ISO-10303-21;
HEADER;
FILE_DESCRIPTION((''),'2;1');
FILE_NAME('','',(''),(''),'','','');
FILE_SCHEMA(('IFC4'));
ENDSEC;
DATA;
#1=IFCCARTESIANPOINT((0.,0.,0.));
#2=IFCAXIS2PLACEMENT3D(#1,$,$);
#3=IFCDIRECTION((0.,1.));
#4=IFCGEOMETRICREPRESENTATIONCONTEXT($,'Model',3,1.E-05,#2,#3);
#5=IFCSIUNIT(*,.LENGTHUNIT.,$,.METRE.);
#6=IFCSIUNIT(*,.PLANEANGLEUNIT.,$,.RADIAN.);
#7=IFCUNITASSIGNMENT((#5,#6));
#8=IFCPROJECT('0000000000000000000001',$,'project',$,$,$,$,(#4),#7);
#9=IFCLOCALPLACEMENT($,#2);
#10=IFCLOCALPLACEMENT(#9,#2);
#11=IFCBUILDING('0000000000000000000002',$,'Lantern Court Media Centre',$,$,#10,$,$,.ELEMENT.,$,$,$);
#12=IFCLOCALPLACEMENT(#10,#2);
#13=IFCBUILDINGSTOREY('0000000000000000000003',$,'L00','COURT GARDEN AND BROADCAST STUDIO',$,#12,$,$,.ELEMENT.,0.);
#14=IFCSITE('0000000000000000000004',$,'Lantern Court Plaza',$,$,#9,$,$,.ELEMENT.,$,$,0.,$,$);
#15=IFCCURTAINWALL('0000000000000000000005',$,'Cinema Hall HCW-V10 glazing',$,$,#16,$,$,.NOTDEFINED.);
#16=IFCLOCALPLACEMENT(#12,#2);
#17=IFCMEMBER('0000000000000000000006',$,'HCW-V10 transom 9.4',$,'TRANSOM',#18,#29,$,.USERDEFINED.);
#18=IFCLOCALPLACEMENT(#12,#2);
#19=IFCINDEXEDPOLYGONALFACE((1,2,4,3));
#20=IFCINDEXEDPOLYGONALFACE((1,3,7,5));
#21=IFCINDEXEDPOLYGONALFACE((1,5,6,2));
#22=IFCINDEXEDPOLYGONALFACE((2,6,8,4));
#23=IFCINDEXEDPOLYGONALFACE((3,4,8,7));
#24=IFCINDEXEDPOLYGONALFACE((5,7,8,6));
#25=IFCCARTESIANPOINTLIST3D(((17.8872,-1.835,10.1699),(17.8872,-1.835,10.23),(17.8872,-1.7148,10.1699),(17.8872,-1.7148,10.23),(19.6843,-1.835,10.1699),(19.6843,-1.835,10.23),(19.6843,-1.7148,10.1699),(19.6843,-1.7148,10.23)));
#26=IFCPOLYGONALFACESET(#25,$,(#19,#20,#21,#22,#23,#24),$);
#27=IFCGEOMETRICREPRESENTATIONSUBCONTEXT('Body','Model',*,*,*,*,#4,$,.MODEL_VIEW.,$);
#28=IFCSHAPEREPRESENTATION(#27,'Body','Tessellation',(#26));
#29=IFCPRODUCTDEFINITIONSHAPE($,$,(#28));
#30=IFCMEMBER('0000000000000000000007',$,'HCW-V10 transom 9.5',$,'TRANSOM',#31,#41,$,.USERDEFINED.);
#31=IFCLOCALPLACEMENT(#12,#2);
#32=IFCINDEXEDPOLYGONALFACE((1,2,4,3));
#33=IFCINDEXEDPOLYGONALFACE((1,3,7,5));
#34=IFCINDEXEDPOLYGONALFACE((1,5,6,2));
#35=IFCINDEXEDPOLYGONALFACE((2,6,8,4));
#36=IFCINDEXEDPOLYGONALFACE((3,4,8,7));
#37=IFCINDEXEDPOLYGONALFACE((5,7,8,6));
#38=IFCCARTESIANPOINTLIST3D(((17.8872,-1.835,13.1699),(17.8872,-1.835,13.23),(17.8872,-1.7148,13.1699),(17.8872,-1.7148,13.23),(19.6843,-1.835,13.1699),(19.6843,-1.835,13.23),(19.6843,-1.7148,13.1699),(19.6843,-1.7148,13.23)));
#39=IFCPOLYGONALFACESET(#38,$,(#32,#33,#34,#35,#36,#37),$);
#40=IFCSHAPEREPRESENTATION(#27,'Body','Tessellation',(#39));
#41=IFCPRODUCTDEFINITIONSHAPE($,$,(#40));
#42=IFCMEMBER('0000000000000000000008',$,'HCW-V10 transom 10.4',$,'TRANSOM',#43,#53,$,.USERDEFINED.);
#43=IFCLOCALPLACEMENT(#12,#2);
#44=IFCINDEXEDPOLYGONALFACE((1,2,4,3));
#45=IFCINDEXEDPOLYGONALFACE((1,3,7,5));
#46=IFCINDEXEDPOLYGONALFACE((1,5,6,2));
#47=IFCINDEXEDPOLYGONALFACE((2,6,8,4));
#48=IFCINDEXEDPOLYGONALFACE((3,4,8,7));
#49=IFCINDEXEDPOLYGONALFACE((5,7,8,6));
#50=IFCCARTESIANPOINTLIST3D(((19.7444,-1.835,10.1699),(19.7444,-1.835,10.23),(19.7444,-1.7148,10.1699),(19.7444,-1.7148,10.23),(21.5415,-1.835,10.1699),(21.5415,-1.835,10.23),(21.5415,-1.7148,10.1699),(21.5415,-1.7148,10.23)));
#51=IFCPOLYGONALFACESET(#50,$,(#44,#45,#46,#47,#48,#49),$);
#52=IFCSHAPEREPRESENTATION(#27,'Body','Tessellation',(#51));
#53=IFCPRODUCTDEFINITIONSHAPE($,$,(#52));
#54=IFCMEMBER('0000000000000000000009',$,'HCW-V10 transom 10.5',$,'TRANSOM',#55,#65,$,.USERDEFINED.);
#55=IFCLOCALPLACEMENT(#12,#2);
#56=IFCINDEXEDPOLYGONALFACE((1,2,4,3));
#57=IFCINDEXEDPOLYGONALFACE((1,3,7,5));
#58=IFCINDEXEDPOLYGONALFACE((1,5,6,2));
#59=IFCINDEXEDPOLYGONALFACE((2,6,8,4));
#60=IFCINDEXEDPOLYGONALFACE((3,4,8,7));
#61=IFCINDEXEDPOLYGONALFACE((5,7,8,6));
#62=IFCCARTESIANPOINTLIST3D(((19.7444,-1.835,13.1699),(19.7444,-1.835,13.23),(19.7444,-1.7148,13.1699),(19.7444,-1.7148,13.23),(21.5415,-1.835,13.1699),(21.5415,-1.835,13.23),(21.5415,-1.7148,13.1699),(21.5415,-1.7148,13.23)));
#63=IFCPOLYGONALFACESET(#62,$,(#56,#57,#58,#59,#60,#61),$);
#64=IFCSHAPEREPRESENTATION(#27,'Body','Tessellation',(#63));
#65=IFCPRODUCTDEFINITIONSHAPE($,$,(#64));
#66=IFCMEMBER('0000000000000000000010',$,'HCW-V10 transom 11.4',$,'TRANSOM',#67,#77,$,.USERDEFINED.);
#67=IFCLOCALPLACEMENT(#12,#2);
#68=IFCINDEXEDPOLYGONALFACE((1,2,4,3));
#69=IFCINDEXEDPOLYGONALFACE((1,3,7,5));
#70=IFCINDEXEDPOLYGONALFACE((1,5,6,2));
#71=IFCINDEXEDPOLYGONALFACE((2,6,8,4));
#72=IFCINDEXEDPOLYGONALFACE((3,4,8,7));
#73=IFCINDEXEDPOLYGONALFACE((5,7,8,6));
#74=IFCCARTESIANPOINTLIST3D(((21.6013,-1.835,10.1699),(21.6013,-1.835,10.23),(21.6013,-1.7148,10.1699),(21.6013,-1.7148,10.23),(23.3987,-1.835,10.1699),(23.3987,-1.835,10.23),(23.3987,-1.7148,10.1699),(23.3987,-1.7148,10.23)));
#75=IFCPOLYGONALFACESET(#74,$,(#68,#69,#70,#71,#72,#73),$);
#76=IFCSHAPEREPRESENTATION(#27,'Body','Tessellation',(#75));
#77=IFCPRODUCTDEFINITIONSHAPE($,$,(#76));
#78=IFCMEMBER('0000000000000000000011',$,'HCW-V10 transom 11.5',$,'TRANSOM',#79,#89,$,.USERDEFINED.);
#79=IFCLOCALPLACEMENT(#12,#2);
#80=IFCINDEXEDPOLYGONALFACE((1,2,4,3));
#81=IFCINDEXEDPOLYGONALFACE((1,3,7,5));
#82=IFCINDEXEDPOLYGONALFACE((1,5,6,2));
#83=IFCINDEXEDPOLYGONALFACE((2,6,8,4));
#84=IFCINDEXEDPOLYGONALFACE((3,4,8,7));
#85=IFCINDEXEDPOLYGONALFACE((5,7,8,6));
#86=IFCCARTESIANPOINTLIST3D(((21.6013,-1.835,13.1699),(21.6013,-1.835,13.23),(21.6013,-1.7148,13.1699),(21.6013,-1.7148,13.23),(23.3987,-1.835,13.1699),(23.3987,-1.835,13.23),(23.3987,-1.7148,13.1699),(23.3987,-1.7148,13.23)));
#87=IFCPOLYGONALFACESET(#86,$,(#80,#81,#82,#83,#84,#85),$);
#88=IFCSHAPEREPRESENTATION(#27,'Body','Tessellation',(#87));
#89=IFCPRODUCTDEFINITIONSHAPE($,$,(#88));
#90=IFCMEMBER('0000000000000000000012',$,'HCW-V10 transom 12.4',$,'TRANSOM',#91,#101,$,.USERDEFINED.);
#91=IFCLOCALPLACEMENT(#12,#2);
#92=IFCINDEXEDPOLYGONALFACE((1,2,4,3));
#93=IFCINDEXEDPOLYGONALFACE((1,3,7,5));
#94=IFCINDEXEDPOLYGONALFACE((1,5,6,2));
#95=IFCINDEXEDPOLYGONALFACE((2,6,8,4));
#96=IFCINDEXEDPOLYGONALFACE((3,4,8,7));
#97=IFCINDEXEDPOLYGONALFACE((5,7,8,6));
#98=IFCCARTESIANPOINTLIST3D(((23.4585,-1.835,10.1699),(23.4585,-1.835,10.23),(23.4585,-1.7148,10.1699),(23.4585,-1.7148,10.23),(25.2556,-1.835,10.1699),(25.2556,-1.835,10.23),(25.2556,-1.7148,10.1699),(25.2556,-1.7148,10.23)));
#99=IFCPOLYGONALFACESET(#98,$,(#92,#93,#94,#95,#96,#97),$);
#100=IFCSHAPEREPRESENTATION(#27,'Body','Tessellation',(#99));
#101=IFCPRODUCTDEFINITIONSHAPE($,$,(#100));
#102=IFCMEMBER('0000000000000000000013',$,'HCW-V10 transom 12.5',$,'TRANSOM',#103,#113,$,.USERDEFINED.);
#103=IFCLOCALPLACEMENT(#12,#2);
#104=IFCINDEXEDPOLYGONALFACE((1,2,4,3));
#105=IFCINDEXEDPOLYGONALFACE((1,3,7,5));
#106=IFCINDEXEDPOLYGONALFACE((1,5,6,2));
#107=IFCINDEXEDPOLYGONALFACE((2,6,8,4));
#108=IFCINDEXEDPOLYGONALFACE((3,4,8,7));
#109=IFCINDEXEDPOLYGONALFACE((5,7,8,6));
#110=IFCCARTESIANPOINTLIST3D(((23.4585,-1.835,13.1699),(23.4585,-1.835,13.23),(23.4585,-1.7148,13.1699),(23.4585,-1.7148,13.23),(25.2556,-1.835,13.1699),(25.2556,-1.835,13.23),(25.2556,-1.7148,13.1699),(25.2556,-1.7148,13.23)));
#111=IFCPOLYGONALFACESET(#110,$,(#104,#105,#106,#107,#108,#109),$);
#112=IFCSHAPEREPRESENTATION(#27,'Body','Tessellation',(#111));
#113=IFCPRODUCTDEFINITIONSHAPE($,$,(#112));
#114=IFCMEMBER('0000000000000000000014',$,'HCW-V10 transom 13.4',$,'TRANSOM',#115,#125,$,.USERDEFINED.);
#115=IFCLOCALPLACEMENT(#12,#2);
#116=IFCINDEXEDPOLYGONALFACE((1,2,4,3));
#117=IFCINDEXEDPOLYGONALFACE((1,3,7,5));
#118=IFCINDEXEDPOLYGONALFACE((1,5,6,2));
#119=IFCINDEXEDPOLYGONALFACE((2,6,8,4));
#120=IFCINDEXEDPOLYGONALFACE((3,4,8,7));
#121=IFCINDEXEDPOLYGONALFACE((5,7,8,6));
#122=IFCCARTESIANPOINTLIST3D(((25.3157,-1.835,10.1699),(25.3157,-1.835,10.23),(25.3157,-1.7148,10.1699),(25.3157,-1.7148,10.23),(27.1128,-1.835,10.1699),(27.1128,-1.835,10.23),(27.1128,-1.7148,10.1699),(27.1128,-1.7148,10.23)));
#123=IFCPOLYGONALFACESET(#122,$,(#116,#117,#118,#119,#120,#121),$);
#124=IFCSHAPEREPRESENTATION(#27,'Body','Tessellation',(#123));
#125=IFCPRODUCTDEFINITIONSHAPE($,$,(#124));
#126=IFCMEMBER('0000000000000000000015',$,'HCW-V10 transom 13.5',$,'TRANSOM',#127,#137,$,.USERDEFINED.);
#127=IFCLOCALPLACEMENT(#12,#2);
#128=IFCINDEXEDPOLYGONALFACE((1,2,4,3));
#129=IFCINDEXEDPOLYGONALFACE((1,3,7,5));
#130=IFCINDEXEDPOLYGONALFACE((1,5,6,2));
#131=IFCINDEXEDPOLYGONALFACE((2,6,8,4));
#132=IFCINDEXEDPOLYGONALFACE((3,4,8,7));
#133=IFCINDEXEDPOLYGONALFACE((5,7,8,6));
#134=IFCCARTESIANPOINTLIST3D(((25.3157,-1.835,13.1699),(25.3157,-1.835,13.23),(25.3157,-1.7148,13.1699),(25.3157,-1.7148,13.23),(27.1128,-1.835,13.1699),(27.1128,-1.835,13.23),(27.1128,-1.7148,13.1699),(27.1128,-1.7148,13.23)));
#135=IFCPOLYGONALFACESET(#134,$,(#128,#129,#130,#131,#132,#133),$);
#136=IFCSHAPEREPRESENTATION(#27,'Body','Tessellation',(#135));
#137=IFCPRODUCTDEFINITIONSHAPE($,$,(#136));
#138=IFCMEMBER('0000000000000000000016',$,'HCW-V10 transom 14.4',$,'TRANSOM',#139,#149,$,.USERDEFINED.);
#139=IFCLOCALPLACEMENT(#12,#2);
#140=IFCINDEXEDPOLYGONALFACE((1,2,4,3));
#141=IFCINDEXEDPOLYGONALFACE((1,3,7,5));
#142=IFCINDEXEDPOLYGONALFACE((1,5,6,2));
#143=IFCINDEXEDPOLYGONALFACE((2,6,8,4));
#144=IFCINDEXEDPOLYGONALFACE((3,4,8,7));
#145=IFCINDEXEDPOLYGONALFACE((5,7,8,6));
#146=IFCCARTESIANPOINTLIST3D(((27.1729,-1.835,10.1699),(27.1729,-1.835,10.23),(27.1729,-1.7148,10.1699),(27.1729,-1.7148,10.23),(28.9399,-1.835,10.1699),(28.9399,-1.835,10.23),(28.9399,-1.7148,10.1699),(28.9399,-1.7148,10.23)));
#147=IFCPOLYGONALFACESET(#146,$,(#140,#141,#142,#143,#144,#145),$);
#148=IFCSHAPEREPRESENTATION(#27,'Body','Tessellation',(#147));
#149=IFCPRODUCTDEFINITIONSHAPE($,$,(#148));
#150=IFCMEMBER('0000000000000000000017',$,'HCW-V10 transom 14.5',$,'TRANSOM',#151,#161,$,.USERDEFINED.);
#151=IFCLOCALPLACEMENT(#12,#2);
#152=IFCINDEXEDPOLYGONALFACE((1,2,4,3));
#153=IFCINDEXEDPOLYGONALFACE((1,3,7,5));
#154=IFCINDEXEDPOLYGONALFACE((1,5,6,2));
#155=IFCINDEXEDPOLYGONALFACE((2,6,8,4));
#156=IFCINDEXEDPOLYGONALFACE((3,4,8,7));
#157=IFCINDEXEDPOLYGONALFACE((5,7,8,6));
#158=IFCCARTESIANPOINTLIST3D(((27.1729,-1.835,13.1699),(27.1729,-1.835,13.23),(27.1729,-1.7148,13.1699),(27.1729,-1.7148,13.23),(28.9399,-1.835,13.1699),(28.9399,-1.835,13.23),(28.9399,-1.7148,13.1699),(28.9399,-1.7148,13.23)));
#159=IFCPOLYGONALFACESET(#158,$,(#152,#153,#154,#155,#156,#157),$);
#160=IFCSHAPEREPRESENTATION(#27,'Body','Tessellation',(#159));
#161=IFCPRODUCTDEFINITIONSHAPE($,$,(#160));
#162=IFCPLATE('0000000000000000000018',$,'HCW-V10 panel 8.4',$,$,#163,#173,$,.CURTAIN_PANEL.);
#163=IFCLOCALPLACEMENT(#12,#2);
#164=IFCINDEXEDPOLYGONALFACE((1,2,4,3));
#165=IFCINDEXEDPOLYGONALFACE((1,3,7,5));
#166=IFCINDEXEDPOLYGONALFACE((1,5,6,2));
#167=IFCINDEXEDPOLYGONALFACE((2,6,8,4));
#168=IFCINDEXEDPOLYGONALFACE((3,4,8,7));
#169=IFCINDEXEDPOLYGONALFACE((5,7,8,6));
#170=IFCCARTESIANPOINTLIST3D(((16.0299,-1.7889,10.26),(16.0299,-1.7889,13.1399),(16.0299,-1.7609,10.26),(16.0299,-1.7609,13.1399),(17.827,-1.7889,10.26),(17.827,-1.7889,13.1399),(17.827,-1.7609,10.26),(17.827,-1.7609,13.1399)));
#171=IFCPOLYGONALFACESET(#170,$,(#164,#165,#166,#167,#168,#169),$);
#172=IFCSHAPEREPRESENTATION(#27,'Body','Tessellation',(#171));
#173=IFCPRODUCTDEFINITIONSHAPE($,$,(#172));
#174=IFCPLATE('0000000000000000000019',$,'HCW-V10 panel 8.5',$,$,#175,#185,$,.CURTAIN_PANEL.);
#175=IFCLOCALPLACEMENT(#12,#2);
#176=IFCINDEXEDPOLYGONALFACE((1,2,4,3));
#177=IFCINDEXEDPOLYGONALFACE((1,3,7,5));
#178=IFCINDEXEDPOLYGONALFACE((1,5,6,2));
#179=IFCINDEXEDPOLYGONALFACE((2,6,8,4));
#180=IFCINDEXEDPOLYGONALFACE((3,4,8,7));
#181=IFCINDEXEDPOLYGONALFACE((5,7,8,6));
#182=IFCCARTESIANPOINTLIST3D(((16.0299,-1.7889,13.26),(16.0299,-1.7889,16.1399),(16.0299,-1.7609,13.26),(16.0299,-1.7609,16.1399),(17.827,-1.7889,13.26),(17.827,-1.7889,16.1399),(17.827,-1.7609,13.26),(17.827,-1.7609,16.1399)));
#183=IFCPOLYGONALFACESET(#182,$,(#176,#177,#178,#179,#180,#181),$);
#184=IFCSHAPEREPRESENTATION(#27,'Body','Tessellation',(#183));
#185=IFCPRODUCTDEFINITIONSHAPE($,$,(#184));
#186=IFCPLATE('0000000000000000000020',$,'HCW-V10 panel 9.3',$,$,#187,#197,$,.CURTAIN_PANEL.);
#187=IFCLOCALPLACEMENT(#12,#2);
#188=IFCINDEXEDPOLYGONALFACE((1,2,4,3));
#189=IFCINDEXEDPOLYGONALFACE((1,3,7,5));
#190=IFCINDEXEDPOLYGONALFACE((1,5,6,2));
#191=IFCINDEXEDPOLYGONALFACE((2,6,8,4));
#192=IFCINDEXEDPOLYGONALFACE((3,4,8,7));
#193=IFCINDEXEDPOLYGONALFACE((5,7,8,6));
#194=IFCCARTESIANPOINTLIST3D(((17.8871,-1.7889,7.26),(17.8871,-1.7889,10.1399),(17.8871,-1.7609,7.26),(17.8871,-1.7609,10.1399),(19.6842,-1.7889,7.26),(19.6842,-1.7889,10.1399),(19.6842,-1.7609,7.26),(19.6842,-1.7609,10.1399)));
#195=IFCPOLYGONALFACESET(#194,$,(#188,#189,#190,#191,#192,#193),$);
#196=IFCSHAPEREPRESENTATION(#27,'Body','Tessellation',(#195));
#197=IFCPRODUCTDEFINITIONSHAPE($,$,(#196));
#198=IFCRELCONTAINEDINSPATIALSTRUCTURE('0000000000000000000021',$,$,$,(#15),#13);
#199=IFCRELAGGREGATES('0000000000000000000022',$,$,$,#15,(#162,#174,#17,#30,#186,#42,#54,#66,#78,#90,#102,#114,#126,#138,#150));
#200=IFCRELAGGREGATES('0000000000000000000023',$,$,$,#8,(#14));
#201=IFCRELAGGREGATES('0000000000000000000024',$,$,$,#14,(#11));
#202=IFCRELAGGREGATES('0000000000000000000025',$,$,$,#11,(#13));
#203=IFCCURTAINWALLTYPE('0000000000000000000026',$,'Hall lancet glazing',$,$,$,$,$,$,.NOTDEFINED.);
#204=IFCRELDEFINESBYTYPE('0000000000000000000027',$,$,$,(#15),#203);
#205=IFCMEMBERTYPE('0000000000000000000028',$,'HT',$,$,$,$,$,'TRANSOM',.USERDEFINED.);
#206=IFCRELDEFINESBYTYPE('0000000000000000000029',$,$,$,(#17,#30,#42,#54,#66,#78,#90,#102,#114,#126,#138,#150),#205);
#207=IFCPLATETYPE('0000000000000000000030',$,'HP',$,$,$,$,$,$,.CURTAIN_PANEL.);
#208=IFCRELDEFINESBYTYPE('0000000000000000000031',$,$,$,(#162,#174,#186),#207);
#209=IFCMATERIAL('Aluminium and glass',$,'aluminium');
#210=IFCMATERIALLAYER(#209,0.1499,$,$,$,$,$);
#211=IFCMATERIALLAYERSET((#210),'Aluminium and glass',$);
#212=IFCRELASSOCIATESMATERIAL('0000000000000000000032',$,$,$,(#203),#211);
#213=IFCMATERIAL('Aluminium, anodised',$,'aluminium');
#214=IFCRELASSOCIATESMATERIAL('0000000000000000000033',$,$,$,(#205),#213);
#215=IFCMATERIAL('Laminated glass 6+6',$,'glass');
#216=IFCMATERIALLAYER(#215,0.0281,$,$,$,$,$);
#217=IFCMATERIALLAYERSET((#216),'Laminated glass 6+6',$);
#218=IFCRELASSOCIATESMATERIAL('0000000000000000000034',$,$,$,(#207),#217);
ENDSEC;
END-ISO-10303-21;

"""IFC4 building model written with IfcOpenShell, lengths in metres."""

from ifc_helpers import new_model, si_unit, direction, frame, origin, origin_2d, place, context, subcontext, project, spatial, rectangle, extrude, material, layer, layer_set, material_profile, profile_set, type_object, element, aggregate, save


model = new_model("IFC4")

# Units and contexts
model_context = context("Model", 3, precision=1e-05, world=origin(), true_north=direction((0.0, 1.0)))
body_context = subcontext(model_context, "Body", "Model", "MODEL_VIEW")
ifc_project = project(units=[si_unit("LENGTHUNIT", "METRE"), si_unit("PLANEANGLEUNIT", "RADIAN")], contexts=[model_context])

# Site, building, storey
site_placement = place(None, origin())
site = spatial("IfcSite", under=ifc_project, at=site_placement, Name="Lantern Court Plaza", CompositionType="ELEMENT", RefElevation=0.0)
building_placement = place(site_placement, origin())
building = spatial("IfcBuilding", under=site, at=building_placement, Name="Lantern Court Media Centre", CompositionType="ELEMENT")
storey_placement = place(building_placement, origin())
storey = spatial("IfcBuildingStorey", under=building, at=storey_placement, Name="L00", Description="COURT GARDEN AND BROADCAST STUDIO", CompositionType="ELEMENT", Elevation=0.0)

# Curtain wall, members, plates
ifc_material_1 = material(Name="Aluminium and glass", Category="aluminium")
ifc_layer_1 = layer(ifc_material_1, 0.1499)
ifc_layer_set_1 = layer_set([ifc_layer_1], Name="Aluminium and glass")
curtain_wall_type = type_object("IfcCurtainWallType", Name="Hall lancet glazing", PredefinedType="NOTDEFINED", material=ifc_layer_set_1)
curtain_wall_placement = place(storey_placement, origin())
curtain_wall = element("IfcCurtainWall", 1, at=curtain_wall_placement, inside=storey, type_object=curtain_wall_type, Name="Cinema Hall HCW-V10 glazing", PredefinedType="NOTDEFINED")
ifc_material_2 = material(Name="Aluminium, anodised", Category="aluminium")
ifc_material_profile = material_profile(ifc_material_2, rectangle(XDim=0.1201, YDim=0.0601, at=origin_2d()), Name="HT")
ifc_profile_set = profile_set([ifc_material_profile], Name="Aluminium, anodised")
member_type = type_object("IfcMemberType", Name="HT", ElementType="TRANSOM", PredefinedType="USERDEFINED", material=ifc_profile_set)
member_1_placement = place(storey_placement, frame((17.8872, -1.7749, 10.2), z_axis=(1.0, 0.0, 0.0), x_axis=(0.0, 1.0, 0.0)))
member_1 = element("IfcMember", 2, at=member_1_placement, type_object=member_type, Name="HCW-V10 transom 9.4", ObjectType="TRANSOM", PredefinedType="USERDEFINED", context=body_context, shape_type="SweptSolid", body=[
    extrude(rectangle(XDim=0.1201, YDim=0.0601, at=origin_2d()), origin(), (0.0, 0.0, 1.0), 1.7971),
])
member_2_placement = place(storey_placement, frame((17.8872, -1.7749, 13.2), z_axis=(1.0, 0.0, 0.0), x_axis=(0.0, 1.0, 0.0)))
member_2 = element("IfcMember", 3, at=member_2_placement, type_object=member_type, Name="HCW-V10 transom 9.5", ObjectType="TRANSOM", PredefinedType="USERDEFINED", context=body_context, shape_type="SweptSolid", body=[
    extrude(rectangle(XDim=0.1201, YDim=0.0601, at=origin_2d()), origin(), (0.0, 0.0, 1.0), 1.7971),
])
member_3_placement = place(storey_placement, frame((19.7444, -1.7749, 10.2), z_axis=(1.0, 0.0, 0.0), x_axis=(0.0, 1.0, 0.0)))
member_3 = element("IfcMember", 4, at=member_3_placement, type_object=member_type, Name="HCW-V10 transom 10.4", ObjectType="TRANSOM", PredefinedType="USERDEFINED", context=body_context, shape_type="SweptSolid", body=[
    extrude(rectangle(XDim=0.1201, YDim=0.0601, at=origin_2d()), origin(), (0.0, 0.0, 1.0), 1.7971),
])
member_4_placement = place(storey_placement, frame((19.7444, -1.7749, 13.2), z_axis=(1.0, 0.0, 0.0), x_axis=(0.0, 1.0, 0.0)))
member_4 = element("IfcMember", 5, at=member_4_placement, type_object=member_type, Name="HCW-V10 transom 10.5", ObjectType="TRANSOM", PredefinedType="USERDEFINED", context=body_context, shape_type="SweptSolid", body=[
    extrude(rectangle(XDim=0.1201, YDim=0.0601, at=origin_2d()), origin(), (0.0, 0.0, 1.0), 1.7971),
])
member_5_placement = place(storey_placement, frame((21.6013, -1.7749, 10.2), z_axis=(1.0, 0.0, 0.0), x_axis=(0.0, 1.0, 0.0)))
member_5 = element("IfcMember", 6, at=member_5_placement, type_object=member_type, Name="HCW-V10 transom 11.4", ObjectType="TRANSOM", PredefinedType="USERDEFINED", context=body_context, shape_type="SweptSolid", body=[
    extrude(rectangle(XDim=0.1201, YDim=0.0601, at=origin_2d()), origin(), (0.0, 0.0, 1.0), 1.7974),
])
member_6_placement = place(storey_placement, frame((21.6013, -1.7749, 13.2), z_axis=(1.0, 0.0, 0.0), x_axis=(0.0, 1.0, 0.0)))
member_6 = element("IfcMember", 7, at=member_6_placement, type_object=member_type, Name="HCW-V10 transom 11.5", ObjectType="TRANSOM", PredefinedType="USERDEFINED", context=body_context, shape_type="SweptSolid", body=[
    extrude(rectangle(XDim=0.1201, YDim=0.0601, at=origin_2d()), origin(), (0.0, 0.0, 1.0), 1.7974),
])
member_7_placement = place(storey_placement, frame((23.4585, -1.7749, 10.2), z_axis=(1.0, 0.0, 0.0), x_axis=(0.0, 1.0, 0.0)))
member_7 = element("IfcMember", 8, at=member_7_placement, type_object=member_type, Name="HCW-V10 transom 12.4", ObjectType="TRANSOM", PredefinedType="USERDEFINED", context=body_context, shape_type="SweptSolid", body=[
    extrude(rectangle(XDim=0.1201, YDim=0.0601, at=origin_2d()), origin(), (0.0, 0.0, 1.0), 1.7971),
])
member_8_placement = place(storey_placement, frame((23.4585, -1.7749, 13.2), z_axis=(1.0, 0.0, 0.0), x_axis=(0.0, 1.0, 0.0)))
member_8 = element("IfcMember", 9, at=member_8_placement, type_object=member_type, Name="HCW-V10 transom 12.5", ObjectType="TRANSOM", PredefinedType="USERDEFINED", context=body_context, shape_type="SweptSolid", body=[
    extrude(rectangle(XDim=0.1201, YDim=0.0601, at=origin_2d()), origin(), (0.0, 0.0, 1.0), 1.7971),
])
member_9_placement = place(storey_placement, frame((25.3157, -1.7749, 10.2), z_axis=(1.0, 0.0, 0.0), x_axis=(0.0, 1.0, 0.0)))
member_9 = element("IfcMember", 10, at=member_9_placement, type_object=member_type, Name="HCW-V10 transom 13.4", ObjectType="TRANSOM", PredefinedType="USERDEFINED", context=body_context, shape_type="SweptSolid", body=[
    extrude(rectangle(XDim=0.1201, YDim=0.0601, at=origin_2d()), origin(), (0.0, 0.0, 1.0), 1.7971),
])
member_10_placement = place(storey_placement, frame((25.3157, -1.7749, 13.2), z_axis=(1.0, 0.0, 0.0), x_axis=(0.0, 1.0, 0.0)))
member_10 = element("IfcMember", 11, at=member_10_placement, type_object=member_type, Name="HCW-V10 transom 13.5", ObjectType="TRANSOM", PredefinedType="USERDEFINED", context=body_context, shape_type="SweptSolid", body=[
    extrude(rectangle(XDim=0.1201, YDim=0.0601, at=origin_2d()), origin(), (0.0, 0.0, 1.0), 1.7971),
])
member_11_placement = place(storey_placement, frame((27.1729, -1.7749, 10.2), z_axis=(1.0, 0.0, 0.0), x_axis=(0.0, 1.0, 0.0)))
member_11 = element("IfcMember", 12, at=member_11_placement, type_object=member_type, Name="HCW-V10 transom 14.4", ObjectType="TRANSOM", PredefinedType="USERDEFINED", context=body_context, shape_type="SweptSolid", body=[
    extrude(rectangle(XDim=0.1201, YDim=0.0601, at=origin_2d()), origin(), (0.0, 0.0, 1.0), 1.7671),
])
member_12_placement = place(storey_placement, frame((27.1729, -1.7749, 13.2), z_axis=(1.0, 0.0, 0.0), x_axis=(0.0, 1.0, 0.0)))
member_12 = element("IfcMember", 13, at=member_12_placement, type_object=member_type, Name="HCW-V10 transom 14.5", ObjectType="TRANSOM", PredefinedType="USERDEFINED", context=body_context, shape_type="SweptSolid", body=[
    extrude(rectangle(XDim=0.1201, YDim=0.0601, at=origin_2d()), origin(), (0.0, 0.0, 1.0), 1.7671),
])
ifc_material_3 = material(Name="Laminated glass 6+6", Category="glass")
ifc_layer_2 = layer(ifc_material_3, 0.0281)
ifc_layer_set_2 = layer_set([ifc_layer_2], Name="Laminated glass 6+6")
plate_type = type_object("IfcPlateType", Name="HP", PredefinedType="CURTAIN_PANEL", material=ifc_layer_set_2)
plate_1_placement = place(storey_placement, frame((16.9285, -1.7749, 10.26), z_axis=(0.0, 0.0, 1.0), x_axis=(1.0, 0.0, 0.0)))
plate_1 = element("IfcPlate", 14, at=plate_1_placement, type_object=plate_type, Name="HCW-V10 panel 8.4", PredefinedType="CURTAIN_PANEL", context=body_context, shape_type="SweptSolid", body=[
    extrude(rectangle(XDim=1.7971, YDim=0.0281, at=origin_2d()), origin(), (0.0, 0.0, 1.0), 2.8799),
])
plate_2_placement = place(storey_placement, frame((16.9285, -1.7749, 13.26), z_axis=(0.0, 0.0, 1.0), x_axis=(1.0, 0.0, 0.0)))
plate_2 = element("IfcPlate", 15, at=plate_2_placement, type_object=plate_type, Name="HCW-V10 panel 8.5", PredefinedType="CURTAIN_PANEL", context=body_context, shape_type="SweptSolid", body=[
    extrude(rectangle(XDim=1.7971, YDim=0.0281, at=origin_2d()), origin(), (0.0, 0.0, 1.0), 2.8799),
])
plate_3_placement = place(storey_placement, frame((18.7856, -1.7749, 7.26), z_axis=(0.0, 0.0, 1.0), x_axis=(1.0, 0.0, 0.0)))
plate_3 = element("IfcPlate", 16, at=plate_3_placement, type_object=plate_type, Name="HCW-V10 panel 9.3", PredefinedType="CURTAIN_PANEL", context=body_context, shape_type="SweptSolid", body=[
    extrude(rectangle(XDim=1.7971, YDim=0.0281, at=origin_2d()), origin(), (0.0, 0.0, 1.0), 2.8799),
])
aggregate(curtain_wall, [plate_1, plate_2, member_1, member_2, plate_3, member_3, member_4, member_5, member_6, member_7, member_8, member_9, member_10, member_11, member_12])

save(model, "model.ifc")
